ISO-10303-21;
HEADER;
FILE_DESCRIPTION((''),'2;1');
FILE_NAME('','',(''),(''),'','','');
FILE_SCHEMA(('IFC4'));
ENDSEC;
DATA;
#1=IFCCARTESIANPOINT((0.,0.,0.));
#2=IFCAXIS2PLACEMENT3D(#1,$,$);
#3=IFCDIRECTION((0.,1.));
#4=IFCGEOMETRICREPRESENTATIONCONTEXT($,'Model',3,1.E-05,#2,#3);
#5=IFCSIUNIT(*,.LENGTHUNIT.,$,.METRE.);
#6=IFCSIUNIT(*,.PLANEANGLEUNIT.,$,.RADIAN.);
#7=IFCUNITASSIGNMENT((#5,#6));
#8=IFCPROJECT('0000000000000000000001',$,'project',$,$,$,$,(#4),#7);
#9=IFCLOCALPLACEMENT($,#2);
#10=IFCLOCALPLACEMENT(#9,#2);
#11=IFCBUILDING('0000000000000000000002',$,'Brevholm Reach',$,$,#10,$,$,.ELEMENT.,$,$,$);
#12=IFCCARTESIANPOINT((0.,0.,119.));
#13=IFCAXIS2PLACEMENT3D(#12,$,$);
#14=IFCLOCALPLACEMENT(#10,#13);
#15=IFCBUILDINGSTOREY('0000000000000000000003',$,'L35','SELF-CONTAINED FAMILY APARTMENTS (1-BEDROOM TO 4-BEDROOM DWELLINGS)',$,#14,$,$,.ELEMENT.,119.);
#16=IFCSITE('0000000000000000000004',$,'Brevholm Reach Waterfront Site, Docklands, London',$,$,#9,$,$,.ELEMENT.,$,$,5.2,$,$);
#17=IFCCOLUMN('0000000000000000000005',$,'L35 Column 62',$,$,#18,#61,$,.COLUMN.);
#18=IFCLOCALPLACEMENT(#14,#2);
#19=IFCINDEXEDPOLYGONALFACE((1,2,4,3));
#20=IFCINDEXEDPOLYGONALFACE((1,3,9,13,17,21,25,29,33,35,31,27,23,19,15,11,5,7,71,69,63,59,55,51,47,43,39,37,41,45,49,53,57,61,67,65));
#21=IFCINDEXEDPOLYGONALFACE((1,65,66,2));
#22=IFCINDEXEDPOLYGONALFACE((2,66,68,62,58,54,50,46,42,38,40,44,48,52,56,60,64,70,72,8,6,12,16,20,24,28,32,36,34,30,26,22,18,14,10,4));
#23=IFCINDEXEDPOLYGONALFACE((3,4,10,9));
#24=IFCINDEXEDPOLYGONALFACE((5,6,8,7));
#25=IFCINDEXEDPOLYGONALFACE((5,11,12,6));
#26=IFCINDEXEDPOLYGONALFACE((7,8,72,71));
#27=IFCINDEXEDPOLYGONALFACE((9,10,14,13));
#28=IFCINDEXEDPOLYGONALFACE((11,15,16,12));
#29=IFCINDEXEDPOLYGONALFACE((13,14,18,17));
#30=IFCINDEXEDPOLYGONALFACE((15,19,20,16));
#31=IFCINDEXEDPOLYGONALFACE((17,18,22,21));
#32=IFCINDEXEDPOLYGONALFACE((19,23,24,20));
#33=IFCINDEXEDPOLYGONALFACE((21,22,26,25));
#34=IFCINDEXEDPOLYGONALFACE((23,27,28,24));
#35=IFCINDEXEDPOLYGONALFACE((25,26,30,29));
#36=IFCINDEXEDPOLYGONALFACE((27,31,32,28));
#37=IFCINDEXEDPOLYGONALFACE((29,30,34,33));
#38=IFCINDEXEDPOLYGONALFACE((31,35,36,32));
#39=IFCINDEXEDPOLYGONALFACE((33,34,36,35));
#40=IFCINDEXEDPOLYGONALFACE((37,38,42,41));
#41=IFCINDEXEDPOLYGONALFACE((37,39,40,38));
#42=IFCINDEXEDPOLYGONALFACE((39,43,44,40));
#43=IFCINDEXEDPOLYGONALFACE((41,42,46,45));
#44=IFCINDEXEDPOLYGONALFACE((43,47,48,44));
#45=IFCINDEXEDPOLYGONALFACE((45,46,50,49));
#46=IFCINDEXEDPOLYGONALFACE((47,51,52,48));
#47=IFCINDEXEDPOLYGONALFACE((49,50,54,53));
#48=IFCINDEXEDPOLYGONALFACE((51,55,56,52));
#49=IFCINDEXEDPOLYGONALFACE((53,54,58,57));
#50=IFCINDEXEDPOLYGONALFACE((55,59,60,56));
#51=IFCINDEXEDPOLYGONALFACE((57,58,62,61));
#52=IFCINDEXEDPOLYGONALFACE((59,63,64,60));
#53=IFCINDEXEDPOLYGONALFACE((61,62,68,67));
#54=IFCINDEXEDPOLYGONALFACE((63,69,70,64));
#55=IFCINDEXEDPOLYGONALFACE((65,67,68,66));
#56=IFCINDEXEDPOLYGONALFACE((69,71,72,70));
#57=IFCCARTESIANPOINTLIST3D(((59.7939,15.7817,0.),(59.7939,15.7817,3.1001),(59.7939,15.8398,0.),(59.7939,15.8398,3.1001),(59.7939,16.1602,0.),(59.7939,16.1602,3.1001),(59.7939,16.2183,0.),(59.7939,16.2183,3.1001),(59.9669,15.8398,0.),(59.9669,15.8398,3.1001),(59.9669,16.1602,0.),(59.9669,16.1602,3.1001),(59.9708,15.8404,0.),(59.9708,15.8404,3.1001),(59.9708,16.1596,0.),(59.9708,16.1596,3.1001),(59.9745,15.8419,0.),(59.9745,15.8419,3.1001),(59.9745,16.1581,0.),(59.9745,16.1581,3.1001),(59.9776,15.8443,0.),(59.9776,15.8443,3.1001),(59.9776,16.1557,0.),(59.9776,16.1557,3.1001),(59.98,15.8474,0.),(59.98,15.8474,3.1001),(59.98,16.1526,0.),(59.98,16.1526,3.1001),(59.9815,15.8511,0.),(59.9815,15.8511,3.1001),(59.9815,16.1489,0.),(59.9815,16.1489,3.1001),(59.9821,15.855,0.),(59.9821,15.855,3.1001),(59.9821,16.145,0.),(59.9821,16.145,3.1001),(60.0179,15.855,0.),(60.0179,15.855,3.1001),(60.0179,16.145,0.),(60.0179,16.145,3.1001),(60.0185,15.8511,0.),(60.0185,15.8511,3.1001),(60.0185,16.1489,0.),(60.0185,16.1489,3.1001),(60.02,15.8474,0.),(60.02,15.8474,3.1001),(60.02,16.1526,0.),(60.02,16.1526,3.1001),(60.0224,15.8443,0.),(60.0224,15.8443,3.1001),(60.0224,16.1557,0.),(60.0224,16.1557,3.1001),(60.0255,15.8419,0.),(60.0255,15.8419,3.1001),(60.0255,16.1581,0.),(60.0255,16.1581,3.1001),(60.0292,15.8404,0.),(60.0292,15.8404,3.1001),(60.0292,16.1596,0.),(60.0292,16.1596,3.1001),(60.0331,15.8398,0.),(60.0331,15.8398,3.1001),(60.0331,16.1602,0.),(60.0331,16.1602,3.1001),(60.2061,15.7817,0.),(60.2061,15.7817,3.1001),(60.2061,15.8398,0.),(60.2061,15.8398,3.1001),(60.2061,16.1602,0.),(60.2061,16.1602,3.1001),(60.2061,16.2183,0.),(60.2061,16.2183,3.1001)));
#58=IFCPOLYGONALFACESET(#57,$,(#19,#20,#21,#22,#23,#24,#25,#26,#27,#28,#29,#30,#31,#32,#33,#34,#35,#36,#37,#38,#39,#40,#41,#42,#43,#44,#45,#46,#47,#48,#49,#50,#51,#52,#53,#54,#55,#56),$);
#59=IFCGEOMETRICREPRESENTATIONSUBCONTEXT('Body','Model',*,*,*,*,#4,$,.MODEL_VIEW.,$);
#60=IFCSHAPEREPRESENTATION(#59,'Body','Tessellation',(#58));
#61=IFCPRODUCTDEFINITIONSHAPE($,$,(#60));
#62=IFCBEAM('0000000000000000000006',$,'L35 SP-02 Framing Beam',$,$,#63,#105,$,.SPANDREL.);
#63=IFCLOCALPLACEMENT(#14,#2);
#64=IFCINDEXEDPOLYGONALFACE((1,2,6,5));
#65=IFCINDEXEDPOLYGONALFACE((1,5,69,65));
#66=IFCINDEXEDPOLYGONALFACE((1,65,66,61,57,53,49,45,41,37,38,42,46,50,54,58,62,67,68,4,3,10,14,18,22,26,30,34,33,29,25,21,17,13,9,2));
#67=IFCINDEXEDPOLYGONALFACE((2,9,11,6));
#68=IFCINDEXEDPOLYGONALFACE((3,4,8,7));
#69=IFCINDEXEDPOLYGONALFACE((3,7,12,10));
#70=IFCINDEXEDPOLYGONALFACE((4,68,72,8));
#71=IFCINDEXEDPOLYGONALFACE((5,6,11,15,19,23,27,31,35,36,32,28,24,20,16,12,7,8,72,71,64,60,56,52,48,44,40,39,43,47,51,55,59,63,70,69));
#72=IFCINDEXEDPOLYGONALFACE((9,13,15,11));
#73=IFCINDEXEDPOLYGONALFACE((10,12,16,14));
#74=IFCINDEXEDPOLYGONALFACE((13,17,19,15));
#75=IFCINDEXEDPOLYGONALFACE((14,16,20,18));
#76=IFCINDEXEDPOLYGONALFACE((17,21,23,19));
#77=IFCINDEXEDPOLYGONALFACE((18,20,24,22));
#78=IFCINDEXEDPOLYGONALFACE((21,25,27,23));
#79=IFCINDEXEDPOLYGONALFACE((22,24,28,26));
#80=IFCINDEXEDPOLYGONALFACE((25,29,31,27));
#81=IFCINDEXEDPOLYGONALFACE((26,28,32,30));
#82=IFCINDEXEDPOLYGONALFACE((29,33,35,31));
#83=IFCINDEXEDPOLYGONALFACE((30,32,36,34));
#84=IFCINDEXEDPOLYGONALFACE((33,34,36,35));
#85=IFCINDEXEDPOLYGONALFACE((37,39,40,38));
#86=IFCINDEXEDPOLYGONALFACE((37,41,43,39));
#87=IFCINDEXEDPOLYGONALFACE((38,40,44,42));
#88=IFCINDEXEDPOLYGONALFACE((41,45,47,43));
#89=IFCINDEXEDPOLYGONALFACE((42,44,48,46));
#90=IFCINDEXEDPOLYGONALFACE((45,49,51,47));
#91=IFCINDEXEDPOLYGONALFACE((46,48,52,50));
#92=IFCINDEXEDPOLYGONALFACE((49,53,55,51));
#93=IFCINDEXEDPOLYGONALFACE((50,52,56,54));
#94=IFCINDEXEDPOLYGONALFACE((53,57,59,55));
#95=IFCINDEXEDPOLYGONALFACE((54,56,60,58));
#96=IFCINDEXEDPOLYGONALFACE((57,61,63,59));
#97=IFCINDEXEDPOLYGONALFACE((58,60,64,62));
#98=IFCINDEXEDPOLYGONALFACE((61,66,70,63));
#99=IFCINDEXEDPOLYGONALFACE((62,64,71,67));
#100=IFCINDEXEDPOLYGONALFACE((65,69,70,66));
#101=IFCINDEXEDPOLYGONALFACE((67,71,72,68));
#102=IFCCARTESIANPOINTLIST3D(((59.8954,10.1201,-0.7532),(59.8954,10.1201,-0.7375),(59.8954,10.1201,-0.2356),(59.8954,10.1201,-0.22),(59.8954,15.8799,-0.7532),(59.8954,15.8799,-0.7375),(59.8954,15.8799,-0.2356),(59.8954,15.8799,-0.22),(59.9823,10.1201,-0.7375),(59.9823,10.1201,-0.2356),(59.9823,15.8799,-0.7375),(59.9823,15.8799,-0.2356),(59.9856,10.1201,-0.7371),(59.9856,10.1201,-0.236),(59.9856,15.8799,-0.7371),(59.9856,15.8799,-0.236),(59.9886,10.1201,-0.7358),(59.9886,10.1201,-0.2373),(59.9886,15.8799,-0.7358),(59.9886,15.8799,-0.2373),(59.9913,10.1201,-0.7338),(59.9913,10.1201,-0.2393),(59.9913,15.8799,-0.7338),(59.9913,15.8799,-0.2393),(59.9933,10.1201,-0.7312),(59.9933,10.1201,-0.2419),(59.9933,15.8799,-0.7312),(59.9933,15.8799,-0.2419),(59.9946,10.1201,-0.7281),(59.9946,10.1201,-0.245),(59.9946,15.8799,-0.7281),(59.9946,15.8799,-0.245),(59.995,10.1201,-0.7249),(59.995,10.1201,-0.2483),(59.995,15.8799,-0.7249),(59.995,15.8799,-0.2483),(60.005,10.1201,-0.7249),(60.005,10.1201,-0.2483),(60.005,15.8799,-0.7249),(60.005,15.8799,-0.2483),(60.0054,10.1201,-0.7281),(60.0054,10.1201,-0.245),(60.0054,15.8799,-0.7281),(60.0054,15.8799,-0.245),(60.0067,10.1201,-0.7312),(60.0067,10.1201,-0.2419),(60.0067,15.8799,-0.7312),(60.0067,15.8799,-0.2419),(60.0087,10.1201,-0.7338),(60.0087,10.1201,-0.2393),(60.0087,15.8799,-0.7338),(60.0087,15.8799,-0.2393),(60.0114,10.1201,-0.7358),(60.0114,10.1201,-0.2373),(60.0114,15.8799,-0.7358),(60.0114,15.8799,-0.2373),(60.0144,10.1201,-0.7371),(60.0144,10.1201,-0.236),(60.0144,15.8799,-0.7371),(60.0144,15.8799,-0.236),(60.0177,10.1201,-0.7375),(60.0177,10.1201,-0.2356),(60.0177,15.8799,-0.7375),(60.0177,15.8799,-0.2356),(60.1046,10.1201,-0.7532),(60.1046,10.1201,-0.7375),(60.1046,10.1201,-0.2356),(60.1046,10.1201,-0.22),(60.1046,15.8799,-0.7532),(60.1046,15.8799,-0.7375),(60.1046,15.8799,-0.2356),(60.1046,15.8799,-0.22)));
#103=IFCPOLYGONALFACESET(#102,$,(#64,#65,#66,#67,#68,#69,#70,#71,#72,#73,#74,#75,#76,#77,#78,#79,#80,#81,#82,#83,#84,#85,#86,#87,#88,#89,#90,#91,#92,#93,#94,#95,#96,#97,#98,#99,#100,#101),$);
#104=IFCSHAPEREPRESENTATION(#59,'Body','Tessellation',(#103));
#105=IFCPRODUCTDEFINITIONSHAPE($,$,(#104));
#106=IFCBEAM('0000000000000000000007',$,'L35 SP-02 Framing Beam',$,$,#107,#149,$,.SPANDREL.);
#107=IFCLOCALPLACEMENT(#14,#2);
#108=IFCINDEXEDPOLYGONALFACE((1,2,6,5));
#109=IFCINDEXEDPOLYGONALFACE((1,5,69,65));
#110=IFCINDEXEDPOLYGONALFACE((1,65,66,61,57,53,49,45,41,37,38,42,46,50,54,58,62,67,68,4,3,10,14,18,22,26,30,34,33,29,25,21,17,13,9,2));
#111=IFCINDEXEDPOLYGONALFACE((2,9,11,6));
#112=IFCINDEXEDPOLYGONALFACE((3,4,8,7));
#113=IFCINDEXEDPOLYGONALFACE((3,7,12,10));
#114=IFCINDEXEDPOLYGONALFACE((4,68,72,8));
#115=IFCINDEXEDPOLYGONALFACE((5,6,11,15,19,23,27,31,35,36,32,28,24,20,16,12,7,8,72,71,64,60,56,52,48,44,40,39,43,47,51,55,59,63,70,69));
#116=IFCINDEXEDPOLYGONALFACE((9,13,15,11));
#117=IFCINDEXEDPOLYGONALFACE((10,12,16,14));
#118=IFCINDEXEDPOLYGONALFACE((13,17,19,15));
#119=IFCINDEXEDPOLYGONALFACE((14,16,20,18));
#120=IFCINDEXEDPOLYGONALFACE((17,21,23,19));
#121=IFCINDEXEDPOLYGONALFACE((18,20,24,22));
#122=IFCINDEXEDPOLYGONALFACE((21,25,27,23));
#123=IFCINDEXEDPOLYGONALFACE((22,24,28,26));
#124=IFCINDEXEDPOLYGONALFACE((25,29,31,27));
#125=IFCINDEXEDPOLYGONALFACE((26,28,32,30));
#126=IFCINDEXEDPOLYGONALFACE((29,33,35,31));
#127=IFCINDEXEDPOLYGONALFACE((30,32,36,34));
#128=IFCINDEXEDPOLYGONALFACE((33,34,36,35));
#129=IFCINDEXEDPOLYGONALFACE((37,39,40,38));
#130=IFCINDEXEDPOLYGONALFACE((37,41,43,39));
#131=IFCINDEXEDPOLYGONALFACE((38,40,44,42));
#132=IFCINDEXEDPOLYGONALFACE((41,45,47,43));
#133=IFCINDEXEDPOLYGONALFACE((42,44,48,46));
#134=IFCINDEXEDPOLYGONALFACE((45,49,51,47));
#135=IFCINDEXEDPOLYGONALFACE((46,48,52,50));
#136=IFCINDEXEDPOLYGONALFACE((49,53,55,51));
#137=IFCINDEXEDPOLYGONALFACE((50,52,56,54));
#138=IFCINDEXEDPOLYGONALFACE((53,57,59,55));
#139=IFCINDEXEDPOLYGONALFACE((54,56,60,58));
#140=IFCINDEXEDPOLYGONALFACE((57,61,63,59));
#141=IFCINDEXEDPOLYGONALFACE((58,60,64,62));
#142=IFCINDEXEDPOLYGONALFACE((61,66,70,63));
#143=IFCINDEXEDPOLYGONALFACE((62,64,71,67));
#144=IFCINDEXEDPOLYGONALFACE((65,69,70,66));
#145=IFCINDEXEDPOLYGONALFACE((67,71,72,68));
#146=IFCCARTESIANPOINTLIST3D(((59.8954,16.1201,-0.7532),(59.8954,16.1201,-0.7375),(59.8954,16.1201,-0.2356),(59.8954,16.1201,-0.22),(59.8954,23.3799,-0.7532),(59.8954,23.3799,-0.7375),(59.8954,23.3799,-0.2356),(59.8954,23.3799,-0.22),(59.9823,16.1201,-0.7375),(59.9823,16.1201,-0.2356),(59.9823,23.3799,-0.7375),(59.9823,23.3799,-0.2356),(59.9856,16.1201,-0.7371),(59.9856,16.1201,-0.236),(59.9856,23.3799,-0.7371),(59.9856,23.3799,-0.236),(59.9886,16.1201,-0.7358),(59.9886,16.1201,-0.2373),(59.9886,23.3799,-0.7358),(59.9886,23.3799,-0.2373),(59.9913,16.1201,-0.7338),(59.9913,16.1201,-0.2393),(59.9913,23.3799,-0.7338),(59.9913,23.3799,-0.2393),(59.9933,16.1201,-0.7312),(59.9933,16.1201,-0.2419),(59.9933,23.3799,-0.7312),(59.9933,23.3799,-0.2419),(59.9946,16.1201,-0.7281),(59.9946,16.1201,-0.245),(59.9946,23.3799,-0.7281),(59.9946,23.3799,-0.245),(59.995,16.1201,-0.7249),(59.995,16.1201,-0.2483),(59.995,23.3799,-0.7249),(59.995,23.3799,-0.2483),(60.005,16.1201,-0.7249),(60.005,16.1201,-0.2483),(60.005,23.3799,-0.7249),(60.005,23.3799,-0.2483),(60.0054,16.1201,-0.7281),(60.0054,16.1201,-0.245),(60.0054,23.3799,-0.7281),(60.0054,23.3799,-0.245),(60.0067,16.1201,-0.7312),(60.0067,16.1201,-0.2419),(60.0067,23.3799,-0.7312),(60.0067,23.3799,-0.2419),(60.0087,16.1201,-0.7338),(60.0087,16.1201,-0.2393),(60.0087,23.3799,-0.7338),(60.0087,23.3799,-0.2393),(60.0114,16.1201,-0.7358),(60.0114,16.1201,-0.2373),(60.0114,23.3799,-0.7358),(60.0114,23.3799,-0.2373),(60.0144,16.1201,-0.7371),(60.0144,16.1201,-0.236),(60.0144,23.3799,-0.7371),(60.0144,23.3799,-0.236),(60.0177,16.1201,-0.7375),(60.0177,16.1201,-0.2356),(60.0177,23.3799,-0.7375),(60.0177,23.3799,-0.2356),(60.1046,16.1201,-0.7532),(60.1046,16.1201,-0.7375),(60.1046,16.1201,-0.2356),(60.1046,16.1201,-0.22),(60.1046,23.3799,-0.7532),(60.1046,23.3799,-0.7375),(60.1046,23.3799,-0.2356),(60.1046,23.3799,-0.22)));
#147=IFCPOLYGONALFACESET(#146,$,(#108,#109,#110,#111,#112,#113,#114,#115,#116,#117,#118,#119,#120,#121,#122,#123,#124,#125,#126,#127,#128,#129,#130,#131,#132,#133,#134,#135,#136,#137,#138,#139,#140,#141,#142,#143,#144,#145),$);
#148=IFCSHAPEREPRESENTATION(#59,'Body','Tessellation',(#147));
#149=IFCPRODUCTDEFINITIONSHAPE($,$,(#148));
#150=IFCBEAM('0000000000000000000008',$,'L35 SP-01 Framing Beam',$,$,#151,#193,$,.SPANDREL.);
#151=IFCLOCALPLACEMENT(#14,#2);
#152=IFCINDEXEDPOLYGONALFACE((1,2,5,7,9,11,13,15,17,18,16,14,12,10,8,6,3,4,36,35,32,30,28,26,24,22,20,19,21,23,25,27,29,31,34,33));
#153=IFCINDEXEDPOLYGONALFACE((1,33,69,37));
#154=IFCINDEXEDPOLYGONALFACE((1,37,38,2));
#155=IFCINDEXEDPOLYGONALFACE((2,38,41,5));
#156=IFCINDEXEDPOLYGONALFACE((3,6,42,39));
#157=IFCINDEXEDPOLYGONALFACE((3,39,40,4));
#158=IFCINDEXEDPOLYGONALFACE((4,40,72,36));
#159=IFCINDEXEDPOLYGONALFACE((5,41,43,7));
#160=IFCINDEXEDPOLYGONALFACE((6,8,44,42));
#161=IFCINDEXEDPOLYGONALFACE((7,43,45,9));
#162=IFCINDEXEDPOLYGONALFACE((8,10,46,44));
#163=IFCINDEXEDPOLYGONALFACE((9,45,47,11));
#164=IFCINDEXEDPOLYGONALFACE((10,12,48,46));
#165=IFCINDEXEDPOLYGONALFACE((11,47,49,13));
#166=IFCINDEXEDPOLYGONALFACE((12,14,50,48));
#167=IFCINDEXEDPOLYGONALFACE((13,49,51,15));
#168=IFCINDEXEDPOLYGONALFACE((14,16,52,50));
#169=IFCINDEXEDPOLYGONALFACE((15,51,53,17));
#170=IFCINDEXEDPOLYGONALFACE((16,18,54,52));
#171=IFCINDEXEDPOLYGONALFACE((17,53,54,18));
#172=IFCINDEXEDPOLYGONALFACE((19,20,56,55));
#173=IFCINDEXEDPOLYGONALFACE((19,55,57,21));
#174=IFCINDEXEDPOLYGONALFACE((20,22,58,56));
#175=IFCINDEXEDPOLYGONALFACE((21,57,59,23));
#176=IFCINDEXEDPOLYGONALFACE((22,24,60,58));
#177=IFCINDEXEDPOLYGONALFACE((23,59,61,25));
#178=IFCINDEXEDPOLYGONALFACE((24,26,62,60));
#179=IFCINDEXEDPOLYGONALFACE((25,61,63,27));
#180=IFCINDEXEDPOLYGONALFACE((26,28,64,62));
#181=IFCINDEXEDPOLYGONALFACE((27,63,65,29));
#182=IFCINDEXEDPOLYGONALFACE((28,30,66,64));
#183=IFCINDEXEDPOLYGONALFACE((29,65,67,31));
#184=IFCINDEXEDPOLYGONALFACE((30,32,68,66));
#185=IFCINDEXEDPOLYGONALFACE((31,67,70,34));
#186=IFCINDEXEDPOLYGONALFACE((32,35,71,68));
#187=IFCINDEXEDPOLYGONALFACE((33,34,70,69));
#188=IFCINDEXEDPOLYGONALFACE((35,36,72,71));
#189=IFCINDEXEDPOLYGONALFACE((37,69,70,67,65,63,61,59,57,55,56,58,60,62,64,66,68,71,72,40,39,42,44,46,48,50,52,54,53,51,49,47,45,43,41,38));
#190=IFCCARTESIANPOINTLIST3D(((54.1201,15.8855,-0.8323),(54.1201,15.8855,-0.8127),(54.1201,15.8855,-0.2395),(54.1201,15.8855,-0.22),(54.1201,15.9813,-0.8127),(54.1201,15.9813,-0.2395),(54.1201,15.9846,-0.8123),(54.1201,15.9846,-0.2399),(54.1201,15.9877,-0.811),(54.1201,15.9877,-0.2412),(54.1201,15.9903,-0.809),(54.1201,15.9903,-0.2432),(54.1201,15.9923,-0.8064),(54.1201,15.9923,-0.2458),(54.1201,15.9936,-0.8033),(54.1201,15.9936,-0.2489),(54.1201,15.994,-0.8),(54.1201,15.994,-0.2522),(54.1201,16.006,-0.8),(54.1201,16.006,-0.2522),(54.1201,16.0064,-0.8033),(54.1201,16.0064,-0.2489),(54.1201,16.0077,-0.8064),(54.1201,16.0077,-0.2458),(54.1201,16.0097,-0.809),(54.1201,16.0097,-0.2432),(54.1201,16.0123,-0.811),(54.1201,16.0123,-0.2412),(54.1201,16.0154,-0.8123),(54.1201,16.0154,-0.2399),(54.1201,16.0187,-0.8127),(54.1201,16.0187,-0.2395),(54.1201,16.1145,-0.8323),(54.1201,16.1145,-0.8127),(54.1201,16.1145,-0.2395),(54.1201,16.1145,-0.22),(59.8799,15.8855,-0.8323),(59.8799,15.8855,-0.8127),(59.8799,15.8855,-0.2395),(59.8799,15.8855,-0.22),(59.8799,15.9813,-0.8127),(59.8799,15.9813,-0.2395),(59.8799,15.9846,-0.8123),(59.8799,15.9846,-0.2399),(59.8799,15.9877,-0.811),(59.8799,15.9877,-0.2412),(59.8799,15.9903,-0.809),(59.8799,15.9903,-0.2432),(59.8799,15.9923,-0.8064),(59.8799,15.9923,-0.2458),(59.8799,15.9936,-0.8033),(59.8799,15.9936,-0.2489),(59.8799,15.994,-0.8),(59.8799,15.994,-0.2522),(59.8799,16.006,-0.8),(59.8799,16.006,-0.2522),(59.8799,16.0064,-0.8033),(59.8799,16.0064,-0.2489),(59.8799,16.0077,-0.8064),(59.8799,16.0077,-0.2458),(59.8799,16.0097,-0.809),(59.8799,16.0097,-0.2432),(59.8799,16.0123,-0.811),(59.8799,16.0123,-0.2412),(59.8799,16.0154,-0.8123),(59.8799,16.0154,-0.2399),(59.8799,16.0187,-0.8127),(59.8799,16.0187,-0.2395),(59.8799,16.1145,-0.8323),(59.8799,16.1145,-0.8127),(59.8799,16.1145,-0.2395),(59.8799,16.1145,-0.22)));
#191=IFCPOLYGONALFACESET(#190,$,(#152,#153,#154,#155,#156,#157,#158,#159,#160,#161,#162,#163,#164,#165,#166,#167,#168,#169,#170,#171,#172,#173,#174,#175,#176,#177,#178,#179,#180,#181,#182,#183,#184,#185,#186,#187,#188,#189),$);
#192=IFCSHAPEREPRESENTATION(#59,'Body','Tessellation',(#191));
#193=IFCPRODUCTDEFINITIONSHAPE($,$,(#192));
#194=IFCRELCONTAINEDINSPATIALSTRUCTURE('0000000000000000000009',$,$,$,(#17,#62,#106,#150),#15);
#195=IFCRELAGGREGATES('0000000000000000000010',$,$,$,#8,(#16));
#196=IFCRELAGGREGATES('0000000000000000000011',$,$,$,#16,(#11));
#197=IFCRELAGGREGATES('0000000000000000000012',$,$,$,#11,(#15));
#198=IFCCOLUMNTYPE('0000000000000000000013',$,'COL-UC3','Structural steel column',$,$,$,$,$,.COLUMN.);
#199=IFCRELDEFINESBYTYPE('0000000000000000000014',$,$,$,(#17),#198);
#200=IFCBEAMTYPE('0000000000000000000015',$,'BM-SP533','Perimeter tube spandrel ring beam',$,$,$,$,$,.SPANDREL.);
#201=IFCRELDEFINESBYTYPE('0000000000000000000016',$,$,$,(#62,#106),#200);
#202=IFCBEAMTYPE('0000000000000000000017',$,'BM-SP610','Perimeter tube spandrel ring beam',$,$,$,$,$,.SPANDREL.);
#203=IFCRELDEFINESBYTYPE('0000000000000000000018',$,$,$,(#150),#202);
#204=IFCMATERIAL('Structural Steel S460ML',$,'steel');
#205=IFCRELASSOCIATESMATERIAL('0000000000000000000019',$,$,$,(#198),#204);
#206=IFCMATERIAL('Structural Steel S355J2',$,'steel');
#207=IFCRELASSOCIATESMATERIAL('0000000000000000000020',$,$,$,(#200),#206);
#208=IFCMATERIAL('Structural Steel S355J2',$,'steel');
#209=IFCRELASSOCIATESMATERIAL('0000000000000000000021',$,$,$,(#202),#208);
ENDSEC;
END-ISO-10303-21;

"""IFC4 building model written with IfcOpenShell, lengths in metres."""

from ifc_helpers import new_model, si_unit, direction, frame, origin, origin_2d, place, context, subcontext, project, spatial, i_section, extrude, material, material_profile, profile_set, type_object, element, save


model = new_model("IFC4")

# Units and contexts
model_context = context("Model", 3, precision=1e-05, world=origin(), true_north=direction((0.0, 1.0)))
body_context = subcontext(model_context, "Body", "Model", "MODEL_VIEW")
ifc_project = project(units=[si_unit("LENGTHUNIT", "METRE"), si_unit("PLANEANGLEUNIT", "RADIAN")], contexts=[model_context])

# Site, building, storey
site_placement = place(None, origin())
site = spatial("IfcSite", under=ifc_project, at=site_placement, Name="Brevholm Reach Waterfront Site, Docklands, London", CompositionType="ELEMENT", RefElevation=5.2)
building_placement = place(site_placement, origin())
building = spatial("IfcBuilding", under=site, at=building_placement, Name="Brevholm Reach", CompositionType="ELEMENT")
storey_placement = place(building_placement, frame((0.0, 0.0, 119.0)))
storey = spatial("IfcBuildingStorey", under=building, at=storey_placement, Name="L35", Description="SELF-CONTAINED FAMILY APARTMENTS (1-BEDROOM TO 4-BEDROOM DWELLINGS)", CompositionType="ELEMENT", Elevation=119.0)

# Column
ifc_material_1 = material(Name="Structural Steel S460ML", Category="steel")
ifc_material_profile_1 = material_profile(ifc_material_1, i_section(OverallWidth=0.4121, OverallDepth=0.4365, WebThickness=0.0359, FlangeThickness=0.0581, FilletRadius=0.0151, at=origin_2d()), Name="UKC 356x406x467")
ifc_profile_set_1 = profile_set([ifc_material_profile_1], Name="Structural Steel S460ML")
column_type = type_object("IfcColumnType", Name="COL-UC3", Description="Structural steel column", PredefinedType="COLUMN", material=ifc_profile_set_1)
column_placement = place(storey_placement, frame((60.0, 16.0, 0.0), z_axis=(0.0, 0.0, 1.0), x_axis=(1.0, 0.0, 0.0)))
element("IfcColumn", 1, at=column_placement, inside=storey, type_object=column_type, Name="L35 Column 62", PredefinedType="COLUMN", context=body_context, shape_type="SweptSolid", body=[
    extrude(i_section(OverallWidth=0.4121, OverallDepth=0.4365, WebThickness=0.0359, FlangeThickness=0.0581, FilletRadius=0.0151, at=origin_2d()), origin(), (0.0, 0.0, 1.0), 3.1001),
])

# Beams
ifc_material_2 = material(Name="Structural Steel S355J2", Category="steel")
ifc_material_profile_2 = material_profile(ifc_material_2, i_section(OverallWidth=0.2092, OverallDepth=0.5332, WebThickness=0.01, FlangeThickness=0.0156, FilletRadius=0.0127, at=origin_2d()), Name="UKB 533x210x92")
ifc_profile_set_2 = profile_set([ifc_material_profile_2], Name="Structural Steel S355J2")
beam_type_1 = type_object("IfcBeamType", Name="BM-SP533", Description="Perimeter tube spandrel ring beam", PredefinedType="SPANDREL", material=ifc_profile_set_2)
beam_1_placement = place(storey_placement, frame((60.0, 10.1201, -0.4866), z_axis=(0.0, 1.0, 0.0), x_axis=(-1.0, 0.0, 0.0)))
element("IfcBeam", 2, at=beam_1_placement, inside=storey, type_object=beam_type_1, Name="L35 SP-02 Framing Beam", PredefinedType="SPANDREL", context=body_context, shape_type="SweptSolid", body=[
    extrude(i_section(OverallWidth=0.2092, OverallDepth=0.5332, WebThickness=0.01, FlangeThickness=0.0156, FilletRadius=0.0127, at=origin_2d()), origin(), (0.0, 0.0, 1.0), 5.7598),
])
beam_2_placement = place(storey_placement, frame((60.0, 16.1201, -0.4866), z_axis=(0.0, 1.0, 0.0), x_axis=(-1.0, 0.0, 0.0)))
element("IfcBeam", 3, at=beam_2_placement, inside=storey, type_object=beam_type_1, Name="L35 SP-02 Framing Beam", PredefinedType="SPANDREL", context=body_context, shape_type="SweptSolid", body=[
    extrude(i_section(OverallWidth=0.2092, OverallDepth=0.5332, WebThickness=0.01, FlangeThickness=0.0156, FilletRadius=0.0127, at=origin_2d()), origin(), (0.0, 0.0, 1.0), 7.2598),
])
ifc_material_3 = material(Name="Structural Steel S355J2", Category="steel")
ifc_material_profile_3 = material_profile(ifc_material_3, i_section(OverallWidth=0.229, OverallDepth=0.6123, WebThickness=0.012, FlangeThickness=0.0195, FilletRadius=0.0127, at=origin_2d()), Name="UKB 610x229x125")
ifc_profile_set_3 = profile_set([ifc_material_profile_3], Name="Structural Steel S355J2")
beam_type_2 = type_object("IfcBeamType", Name="BM-SP610", Description="Perimeter tube spandrel ring beam", PredefinedType="SPANDREL", material=ifc_profile_set_3)
beam_3_placement = place(storey_placement, frame((54.1201, 16.0, -0.5261), z_axis=(1.0, 0.0, 0.0), x_axis=(0.0, 1.0, 0.0)))
element("IfcBeam", 4, at=beam_3_placement, inside=storey, type_object=beam_type_2, Name="L35 SP-01 Framing Beam", PredefinedType="SPANDREL", context=body_context, shape_type="SweptSolid", body=[
    extrude(i_section(OverallWidth=0.229, OverallDepth=0.6123, WebThickness=0.012, FlangeThickness=0.0195, FilletRadius=0.0127, at=origin_2d()), origin(), (0.0, 0.0, 1.0), 5.7598),
])

save(model, "model.ifc")
